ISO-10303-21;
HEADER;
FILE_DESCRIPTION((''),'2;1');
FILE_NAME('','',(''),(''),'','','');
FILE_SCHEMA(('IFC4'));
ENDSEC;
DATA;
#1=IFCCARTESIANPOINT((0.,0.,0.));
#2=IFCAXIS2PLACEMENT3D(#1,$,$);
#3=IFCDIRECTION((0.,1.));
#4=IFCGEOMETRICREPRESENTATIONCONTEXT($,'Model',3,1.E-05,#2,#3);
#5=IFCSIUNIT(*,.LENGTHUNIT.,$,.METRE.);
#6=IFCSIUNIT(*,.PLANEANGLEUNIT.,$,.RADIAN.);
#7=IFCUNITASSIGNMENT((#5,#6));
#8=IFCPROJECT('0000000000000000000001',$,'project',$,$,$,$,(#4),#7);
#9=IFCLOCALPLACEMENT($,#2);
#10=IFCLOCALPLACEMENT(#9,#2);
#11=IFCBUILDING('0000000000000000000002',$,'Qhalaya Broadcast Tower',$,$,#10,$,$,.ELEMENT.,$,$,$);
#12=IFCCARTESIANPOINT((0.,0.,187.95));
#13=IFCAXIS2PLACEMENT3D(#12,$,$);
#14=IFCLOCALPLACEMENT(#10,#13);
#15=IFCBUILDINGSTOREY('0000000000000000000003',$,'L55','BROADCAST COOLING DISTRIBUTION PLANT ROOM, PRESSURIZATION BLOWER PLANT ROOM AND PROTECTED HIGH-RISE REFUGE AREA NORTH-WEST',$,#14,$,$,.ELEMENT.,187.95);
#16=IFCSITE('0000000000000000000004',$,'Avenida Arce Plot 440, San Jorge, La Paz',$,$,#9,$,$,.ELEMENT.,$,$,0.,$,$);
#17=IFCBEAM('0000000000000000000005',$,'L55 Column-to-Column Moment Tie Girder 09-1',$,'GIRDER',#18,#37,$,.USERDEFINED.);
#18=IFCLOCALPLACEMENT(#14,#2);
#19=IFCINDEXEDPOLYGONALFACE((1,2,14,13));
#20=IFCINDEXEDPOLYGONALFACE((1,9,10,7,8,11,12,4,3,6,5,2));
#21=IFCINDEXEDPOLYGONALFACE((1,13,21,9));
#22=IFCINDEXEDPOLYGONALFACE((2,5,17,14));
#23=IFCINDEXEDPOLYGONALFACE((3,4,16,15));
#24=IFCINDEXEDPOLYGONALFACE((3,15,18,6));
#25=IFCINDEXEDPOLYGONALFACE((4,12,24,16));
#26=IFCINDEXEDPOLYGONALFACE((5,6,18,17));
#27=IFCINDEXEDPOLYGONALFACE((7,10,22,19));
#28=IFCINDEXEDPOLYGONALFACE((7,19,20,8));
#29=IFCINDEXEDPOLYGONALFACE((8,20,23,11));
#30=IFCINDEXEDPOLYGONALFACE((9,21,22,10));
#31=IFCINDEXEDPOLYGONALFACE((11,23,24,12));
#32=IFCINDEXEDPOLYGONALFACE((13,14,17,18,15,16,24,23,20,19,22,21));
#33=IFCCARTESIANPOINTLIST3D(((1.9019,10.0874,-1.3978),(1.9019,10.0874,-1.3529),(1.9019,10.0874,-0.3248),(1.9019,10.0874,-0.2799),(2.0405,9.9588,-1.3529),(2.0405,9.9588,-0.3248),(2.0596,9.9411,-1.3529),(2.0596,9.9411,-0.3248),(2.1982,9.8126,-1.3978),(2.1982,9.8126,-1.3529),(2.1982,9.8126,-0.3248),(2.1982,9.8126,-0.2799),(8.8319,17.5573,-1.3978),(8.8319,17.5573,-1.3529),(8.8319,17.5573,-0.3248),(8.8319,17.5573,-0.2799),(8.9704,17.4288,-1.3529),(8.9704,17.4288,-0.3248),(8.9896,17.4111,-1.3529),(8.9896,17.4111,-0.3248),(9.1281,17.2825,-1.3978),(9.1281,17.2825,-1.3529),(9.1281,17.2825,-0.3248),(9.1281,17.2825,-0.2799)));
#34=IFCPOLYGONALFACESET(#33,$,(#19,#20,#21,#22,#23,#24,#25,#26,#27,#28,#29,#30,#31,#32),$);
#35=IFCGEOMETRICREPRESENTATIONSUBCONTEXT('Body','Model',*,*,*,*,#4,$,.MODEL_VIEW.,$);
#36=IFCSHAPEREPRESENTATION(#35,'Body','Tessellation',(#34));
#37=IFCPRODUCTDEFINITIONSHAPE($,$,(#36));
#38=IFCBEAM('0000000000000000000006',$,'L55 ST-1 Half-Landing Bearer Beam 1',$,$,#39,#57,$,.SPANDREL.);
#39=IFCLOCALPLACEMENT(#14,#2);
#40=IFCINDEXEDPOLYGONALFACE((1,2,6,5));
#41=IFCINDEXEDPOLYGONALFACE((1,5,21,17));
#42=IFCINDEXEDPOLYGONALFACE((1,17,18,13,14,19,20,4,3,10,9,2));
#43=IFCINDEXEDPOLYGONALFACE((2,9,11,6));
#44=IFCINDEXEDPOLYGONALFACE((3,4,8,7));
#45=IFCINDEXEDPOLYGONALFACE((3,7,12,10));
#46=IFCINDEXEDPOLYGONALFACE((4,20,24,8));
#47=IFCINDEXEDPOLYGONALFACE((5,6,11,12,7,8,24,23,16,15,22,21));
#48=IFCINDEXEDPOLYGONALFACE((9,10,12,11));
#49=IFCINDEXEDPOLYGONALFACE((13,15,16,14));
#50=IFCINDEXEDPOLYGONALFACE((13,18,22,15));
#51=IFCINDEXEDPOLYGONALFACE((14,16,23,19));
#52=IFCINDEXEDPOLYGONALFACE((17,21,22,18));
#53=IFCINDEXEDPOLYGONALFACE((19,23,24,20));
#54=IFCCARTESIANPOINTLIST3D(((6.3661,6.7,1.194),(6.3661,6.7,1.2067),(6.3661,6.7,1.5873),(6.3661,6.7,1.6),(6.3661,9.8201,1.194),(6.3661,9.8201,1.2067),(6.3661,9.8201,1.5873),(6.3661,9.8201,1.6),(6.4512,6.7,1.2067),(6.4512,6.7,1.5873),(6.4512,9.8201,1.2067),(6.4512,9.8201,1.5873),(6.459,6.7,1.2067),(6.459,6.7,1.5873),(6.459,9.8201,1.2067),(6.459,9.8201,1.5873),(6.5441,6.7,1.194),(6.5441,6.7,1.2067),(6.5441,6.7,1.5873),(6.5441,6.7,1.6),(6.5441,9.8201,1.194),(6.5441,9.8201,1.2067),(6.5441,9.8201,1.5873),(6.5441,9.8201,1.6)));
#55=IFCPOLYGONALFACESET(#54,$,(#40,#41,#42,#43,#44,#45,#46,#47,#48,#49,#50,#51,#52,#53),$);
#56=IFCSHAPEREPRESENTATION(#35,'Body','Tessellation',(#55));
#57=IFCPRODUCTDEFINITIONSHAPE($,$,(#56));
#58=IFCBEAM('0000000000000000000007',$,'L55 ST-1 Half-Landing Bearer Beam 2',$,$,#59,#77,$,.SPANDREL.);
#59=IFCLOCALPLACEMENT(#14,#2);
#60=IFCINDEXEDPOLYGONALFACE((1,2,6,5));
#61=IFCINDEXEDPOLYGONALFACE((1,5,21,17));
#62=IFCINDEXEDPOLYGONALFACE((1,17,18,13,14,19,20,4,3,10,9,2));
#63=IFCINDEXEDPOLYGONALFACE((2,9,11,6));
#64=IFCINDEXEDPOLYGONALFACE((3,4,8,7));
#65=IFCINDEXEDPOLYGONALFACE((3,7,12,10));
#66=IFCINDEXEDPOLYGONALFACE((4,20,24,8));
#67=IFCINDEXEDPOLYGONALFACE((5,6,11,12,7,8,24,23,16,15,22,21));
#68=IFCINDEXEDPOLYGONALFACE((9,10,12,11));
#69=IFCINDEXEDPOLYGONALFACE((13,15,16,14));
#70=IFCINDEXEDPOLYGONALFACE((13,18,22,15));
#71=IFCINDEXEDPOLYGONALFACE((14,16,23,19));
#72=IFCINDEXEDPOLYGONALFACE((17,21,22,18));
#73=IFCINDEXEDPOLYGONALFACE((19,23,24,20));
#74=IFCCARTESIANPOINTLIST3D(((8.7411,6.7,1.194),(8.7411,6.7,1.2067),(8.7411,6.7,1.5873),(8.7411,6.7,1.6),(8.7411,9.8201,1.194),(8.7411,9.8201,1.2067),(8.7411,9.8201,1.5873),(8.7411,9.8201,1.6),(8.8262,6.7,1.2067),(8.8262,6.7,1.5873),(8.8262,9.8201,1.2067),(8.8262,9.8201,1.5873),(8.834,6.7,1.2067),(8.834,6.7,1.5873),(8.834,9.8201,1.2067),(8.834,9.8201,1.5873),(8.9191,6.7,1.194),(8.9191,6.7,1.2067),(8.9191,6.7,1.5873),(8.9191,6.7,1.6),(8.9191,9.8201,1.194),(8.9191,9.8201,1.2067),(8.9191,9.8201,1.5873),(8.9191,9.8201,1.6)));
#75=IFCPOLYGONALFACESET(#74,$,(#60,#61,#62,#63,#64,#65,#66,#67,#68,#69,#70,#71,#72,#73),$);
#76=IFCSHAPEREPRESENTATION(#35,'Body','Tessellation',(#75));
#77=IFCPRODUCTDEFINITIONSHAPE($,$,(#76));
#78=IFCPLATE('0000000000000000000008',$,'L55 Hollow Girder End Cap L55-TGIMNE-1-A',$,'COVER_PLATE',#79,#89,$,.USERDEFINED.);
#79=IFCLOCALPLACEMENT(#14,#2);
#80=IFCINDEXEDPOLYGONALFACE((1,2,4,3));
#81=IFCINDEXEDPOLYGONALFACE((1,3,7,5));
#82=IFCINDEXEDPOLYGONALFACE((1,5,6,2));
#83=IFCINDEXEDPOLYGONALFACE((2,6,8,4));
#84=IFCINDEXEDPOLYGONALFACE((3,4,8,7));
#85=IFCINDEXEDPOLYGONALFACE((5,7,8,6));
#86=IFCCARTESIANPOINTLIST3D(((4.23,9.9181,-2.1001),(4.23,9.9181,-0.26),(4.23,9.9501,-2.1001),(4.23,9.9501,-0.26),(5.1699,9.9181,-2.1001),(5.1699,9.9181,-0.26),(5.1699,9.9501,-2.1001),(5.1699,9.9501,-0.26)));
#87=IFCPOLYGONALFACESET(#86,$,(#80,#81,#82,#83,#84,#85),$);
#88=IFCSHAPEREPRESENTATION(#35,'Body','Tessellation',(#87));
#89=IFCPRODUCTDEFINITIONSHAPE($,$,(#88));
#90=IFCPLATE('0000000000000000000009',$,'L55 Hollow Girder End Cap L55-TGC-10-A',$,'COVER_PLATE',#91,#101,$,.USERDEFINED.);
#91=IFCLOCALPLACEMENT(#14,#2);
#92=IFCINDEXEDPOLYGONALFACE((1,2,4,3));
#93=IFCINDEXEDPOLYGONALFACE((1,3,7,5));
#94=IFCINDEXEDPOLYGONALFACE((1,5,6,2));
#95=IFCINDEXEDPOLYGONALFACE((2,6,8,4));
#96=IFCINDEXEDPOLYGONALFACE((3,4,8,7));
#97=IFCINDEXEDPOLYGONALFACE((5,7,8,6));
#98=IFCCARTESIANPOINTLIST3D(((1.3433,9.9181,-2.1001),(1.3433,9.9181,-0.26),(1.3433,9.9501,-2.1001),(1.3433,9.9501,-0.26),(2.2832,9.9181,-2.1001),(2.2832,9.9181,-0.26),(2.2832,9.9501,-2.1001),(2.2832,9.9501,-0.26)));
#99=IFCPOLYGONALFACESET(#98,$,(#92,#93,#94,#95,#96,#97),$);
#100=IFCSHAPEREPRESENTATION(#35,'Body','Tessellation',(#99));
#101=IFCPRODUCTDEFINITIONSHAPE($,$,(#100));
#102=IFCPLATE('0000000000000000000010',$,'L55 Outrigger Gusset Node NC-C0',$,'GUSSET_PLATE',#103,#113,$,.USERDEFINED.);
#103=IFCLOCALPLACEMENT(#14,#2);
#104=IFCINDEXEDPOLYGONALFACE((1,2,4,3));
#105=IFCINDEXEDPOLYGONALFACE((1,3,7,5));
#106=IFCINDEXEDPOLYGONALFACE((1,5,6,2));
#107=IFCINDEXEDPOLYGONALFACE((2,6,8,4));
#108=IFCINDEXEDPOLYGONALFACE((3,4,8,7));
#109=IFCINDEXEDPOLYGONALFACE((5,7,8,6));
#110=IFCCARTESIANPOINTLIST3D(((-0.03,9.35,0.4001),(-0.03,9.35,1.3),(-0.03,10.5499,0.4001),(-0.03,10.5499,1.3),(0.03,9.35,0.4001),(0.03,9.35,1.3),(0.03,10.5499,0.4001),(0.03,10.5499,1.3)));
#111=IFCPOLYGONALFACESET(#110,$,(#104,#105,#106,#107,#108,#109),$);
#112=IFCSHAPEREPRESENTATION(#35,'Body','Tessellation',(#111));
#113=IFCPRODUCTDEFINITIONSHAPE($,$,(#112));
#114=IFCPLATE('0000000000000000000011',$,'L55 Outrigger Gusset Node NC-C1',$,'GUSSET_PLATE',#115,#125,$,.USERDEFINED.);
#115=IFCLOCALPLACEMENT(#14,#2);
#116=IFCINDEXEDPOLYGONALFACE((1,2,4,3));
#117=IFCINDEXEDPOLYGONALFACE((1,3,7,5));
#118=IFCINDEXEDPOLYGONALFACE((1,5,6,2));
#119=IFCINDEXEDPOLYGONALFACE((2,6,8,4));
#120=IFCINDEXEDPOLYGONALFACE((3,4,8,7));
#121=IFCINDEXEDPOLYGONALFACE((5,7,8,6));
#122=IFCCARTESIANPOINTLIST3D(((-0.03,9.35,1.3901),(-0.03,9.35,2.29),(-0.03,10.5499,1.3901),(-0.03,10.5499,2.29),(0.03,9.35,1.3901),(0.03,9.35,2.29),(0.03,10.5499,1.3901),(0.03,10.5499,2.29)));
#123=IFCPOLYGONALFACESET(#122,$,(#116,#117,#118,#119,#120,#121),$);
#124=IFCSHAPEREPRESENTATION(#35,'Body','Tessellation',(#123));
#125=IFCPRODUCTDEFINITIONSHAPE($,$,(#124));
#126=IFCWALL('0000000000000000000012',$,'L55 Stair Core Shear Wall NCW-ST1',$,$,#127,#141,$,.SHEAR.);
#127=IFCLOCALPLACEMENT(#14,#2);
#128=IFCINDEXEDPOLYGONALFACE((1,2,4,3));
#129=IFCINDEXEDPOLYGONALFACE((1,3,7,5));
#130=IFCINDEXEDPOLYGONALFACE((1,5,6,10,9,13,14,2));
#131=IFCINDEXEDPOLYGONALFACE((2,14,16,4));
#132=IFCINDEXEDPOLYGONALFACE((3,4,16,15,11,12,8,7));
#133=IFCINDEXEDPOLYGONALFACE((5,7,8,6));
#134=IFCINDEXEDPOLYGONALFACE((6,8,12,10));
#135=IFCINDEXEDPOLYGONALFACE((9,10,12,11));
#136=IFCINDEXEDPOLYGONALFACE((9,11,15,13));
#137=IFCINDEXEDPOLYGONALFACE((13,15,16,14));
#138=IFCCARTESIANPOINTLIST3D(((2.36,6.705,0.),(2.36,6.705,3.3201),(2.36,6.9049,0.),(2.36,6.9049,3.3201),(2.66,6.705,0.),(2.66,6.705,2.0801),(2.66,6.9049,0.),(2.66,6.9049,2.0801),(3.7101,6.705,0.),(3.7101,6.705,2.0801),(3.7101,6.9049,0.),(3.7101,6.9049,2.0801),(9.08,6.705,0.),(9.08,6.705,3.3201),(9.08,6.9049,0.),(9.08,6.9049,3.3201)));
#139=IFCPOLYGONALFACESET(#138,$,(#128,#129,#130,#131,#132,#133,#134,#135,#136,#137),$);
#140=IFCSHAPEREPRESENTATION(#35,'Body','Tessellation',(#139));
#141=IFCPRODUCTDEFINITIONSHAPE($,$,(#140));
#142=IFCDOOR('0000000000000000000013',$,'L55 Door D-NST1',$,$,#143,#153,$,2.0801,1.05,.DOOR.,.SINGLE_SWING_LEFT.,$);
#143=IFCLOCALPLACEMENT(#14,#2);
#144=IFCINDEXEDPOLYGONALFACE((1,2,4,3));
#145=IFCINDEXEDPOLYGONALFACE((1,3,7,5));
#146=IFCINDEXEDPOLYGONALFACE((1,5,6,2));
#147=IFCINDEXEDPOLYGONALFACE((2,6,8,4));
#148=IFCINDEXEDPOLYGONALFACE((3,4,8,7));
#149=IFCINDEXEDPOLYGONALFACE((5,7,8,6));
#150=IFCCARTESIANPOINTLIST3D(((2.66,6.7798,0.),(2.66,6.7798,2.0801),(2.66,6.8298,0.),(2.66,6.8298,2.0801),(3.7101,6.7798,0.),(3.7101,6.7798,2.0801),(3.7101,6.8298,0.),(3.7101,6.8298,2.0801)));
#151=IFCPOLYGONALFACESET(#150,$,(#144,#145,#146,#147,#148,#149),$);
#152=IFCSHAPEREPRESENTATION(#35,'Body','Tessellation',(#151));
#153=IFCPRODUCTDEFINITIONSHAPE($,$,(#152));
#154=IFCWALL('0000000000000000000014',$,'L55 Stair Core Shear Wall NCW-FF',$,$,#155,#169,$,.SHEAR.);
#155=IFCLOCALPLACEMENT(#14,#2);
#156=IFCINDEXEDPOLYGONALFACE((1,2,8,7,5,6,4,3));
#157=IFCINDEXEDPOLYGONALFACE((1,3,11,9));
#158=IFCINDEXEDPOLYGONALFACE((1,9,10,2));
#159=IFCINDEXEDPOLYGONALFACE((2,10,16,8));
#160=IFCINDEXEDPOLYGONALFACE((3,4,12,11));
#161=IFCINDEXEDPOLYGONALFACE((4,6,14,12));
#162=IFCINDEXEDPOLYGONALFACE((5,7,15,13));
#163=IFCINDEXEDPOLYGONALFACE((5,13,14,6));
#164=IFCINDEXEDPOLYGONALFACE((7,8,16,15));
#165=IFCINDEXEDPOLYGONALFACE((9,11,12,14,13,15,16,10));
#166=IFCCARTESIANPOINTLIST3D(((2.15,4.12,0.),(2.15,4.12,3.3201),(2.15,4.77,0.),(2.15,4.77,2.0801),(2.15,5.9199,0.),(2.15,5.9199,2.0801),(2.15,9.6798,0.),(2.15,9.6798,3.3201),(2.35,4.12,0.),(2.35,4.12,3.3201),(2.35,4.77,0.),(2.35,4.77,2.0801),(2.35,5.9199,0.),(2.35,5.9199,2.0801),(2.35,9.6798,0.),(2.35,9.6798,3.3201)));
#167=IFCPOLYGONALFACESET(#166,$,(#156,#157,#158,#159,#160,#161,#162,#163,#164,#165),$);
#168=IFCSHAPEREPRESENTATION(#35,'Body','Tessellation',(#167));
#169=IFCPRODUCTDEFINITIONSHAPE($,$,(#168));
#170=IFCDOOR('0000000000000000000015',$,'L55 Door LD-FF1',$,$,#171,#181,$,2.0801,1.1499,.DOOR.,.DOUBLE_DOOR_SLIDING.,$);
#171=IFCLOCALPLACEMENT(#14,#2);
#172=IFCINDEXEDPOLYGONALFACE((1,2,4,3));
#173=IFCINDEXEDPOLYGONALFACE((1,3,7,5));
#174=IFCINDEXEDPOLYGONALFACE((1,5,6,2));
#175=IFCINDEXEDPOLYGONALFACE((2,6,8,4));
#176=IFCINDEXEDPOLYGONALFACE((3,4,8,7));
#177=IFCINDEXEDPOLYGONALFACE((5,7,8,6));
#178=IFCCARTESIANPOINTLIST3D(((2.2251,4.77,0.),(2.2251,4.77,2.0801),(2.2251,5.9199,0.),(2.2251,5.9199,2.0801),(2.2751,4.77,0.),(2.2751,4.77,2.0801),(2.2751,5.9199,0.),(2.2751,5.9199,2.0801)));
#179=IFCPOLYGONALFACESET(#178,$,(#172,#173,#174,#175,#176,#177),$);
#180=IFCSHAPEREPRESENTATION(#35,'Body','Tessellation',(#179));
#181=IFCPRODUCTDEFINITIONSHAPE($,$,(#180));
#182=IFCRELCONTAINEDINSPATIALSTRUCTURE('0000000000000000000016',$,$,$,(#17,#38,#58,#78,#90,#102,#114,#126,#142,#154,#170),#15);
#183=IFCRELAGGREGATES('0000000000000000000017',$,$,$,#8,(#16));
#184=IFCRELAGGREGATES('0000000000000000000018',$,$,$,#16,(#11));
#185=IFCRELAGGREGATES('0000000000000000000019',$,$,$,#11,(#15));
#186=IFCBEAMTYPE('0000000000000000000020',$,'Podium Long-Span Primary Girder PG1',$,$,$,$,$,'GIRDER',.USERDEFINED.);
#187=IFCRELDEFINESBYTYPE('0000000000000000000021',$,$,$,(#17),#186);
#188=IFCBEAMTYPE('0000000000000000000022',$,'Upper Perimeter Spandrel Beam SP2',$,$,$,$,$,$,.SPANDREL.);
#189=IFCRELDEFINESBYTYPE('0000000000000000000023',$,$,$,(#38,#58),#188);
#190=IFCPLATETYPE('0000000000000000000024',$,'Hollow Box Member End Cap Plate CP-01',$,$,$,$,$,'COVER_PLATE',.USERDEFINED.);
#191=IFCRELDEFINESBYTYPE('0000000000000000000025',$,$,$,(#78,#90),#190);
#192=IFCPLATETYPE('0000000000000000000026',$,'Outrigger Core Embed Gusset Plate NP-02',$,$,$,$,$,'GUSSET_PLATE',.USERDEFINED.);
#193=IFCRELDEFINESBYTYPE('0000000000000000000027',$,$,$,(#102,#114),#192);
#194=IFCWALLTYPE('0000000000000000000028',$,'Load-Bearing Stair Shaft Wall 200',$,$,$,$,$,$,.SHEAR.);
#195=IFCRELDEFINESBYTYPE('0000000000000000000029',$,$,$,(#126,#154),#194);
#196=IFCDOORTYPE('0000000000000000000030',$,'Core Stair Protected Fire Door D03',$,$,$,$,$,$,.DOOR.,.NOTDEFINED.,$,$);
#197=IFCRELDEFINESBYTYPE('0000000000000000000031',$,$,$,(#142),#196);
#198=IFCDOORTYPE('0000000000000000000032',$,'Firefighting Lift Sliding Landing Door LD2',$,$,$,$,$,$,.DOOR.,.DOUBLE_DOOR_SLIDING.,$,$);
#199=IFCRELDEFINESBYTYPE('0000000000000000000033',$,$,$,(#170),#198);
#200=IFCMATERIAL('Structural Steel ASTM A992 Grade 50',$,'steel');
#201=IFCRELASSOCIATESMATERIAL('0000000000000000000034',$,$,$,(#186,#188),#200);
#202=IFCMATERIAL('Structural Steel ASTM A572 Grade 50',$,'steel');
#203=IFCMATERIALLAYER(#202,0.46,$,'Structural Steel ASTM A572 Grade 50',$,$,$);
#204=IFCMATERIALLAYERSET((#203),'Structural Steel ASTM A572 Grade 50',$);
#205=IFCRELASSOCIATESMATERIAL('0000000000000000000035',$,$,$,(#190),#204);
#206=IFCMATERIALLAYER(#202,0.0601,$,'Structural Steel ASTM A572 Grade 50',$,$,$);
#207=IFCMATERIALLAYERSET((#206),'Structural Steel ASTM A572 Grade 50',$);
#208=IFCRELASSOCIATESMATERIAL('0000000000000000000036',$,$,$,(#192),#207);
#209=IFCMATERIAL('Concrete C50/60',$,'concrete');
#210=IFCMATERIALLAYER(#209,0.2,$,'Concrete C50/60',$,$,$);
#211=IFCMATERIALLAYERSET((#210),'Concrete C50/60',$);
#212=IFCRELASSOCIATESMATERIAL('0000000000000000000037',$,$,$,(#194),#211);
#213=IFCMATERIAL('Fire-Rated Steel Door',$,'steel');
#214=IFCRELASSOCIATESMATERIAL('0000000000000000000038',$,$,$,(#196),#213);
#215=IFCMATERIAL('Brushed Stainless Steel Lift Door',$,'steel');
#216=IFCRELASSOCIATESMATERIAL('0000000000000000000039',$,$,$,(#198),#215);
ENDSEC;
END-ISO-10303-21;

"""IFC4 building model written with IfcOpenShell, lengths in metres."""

from ifc_helpers import new_model, si_unit, direction, frame, frame_2d, origin, origin_2d, place, context, subcontext, project, spatial, rectangle, i_section, extrude, material, layer, layer_set, material_profile, profile_set, type_object, element, fill, save


model = new_model("IFC4")

# Units and contexts
model_context = context("Model", 3, precision=1e-05, world=origin(), true_north=direction((0.0, 1.0)))
body_context = subcontext(model_context, "Body", "Model", "MODEL_VIEW")
ifc_project = project(units=[si_unit("LENGTHUNIT", "METRE"), si_unit("PLANEANGLEUNIT", "RADIAN")], contexts=[model_context])

# Site, building, storey
site_placement = place(None, origin())
site = spatial("IfcSite", under=ifc_project, at=site_placement, Name="Avenida Arce Plot 440, San Jorge, La Paz", CompositionType="ELEMENT", RefElevation=0.0)
building_placement = place(site_placement, origin())
building = spatial("IfcBuilding", under=site, at=building_placement, Name="Qhalaya Broadcast Tower", CompositionType="ELEMENT")
storey_placement = place(building_placement, frame((0.0, 0.0, 187.95)))
storey = spatial("IfcBuildingStorey", under=building, at=storey_placement, Name="L55", Description="BROADCAST COOLING DISTRIBUTION PLANT ROOM, PRESSURIZATION BLOWER PLANT ROOM AND PROTECTED HIGH-RISE REFUGE AREA NORTH-WEST", CompositionType="ELEMENT", Elevation=187.95)

# Shared definitions
ifc_material_1 = material(Name="Concrete C50/60", Category="concrete")

# Shared definitions
ifc_material_2 = material(Name="Structural Steel ASTM A572 Grade 50", Category="steel")

# Beams
ifc_material_3 = material(Name="Structural Steel ASTM A992 Grade 50", Category="steel")
ifc_material_profile_1 = material_profile(ifc_material_3, i_section(OverallWidth=0.4041, OverallDepth=1.1179, WebThickness=0.0261, FlangeThickness=0.0449, at=origin_2d()), Name="W44X335")
ifc_profile_set_1 = profile_set([ifc_material_profile_1], Name="Structural Steel ASTM A992 Grade 50")
beam_type_1 = type_object("IfcBeamType", Name="Podium Long-Span Primary Girder PG1", ElementType="GIRDER", PredefinedType="USERDEFINED", material=ifc_profile_set_1)
beam_1_placement = place(storey_placement, frame((2.05, 9.95, -0.8389), z_axis=(0.68011, 0.73311, 0.0), x_axis=(-0.73311, 0.68011, 0.0)))
element("IfcBeam", 1, at=beam_1_placement, inside=storey, type_object=beam_type_1, Name="L55 Column-to-Column Moment Tie Girder 09-1", ObjectType="GIRDER", PredefinedType="USERDEFINED", context=body_context, shape_type="SweptSolid", body=[
    extrude(i_section(OverallWidth=0.4041, OverallDepth=1.1179, WebThickness=0.0261, FlangeThickness=0.0449, at=origin_2d()), origin(), (0.0, 0.0, 1.0), 10.1895),
])
ifc_material_profile_2 = material_profile(ifc_material_3, i_section(OverallWidth=0.178, OverallDepth=0.406, WebThickness=0.0078, FlangeThickness=0.0127, at=origin_2d()), Name="W16X40")
ifc_profile_set_2 = profile_set([ifc_material_profile_2], Name="Structural Steel ASTM A992 Grade 50")
beam_type_2 = type_object("IfcBeamType", Name="Upper Perimeter Spandrel Beam SP2", PredefinedType="SPANDREL", material=ifc_profile_set_2)
for number, where, z_axis, x_axis, name in (
    (2, (6.4551, 6.7, 1.397), (0.0, 1.0, 0.0), (-1.0, 0.0, 0.0), "L55 ST-1 Half-Landing Bearer Beam 1"),
    (3, (8.8301, 6.7, 1.397), (0.0, 1.0, 0.0), (-1.0, 0.0, 0.0), "L55 ST-1 Half-Landing Bearer Beam 2"),
):
    element("IfcBeam", number, at=place(storey_placement, frame(where, z_axis=z_axis, x_axis=x_axis)), inside=storey, type_object=beam_type_2, Name=name, PredefinedType="SPANDREL", context=body_context, shape_type="SweptSolid", body=[
        extrude(i_section(OverallWidth=0.178, OverallDepth=0.406, WebThickness=0.0078, FlangeThickness=0.0127, at=origin_2d()), origin(), (0.0, 0.0, 1.0), 3.1201),
    ])

# Plates
ifc_layer_1 = layer(ifc_material_2, 0.46, Name="Structural Steel ASTM A572 Grade 50")
ifc_layer_set_1 = layer_set([ifc_layer_1], Name="Structural Steel ASTM A572 Grade 50")
plate_type_1 = type_object("IfcPlateType", Name="Hollow Box Member End Cap Plate CP-01", ElementType="COVER_PLATE", PredefinedType="USERDEFINED", material=ifc_layer_set_1)
for number, where, z_axis, x_axis, name in (
    (4, (4.7, 9.9341, -2.1001), (0.0, 0.0, 1.0), (-1.0, 0.0, 0.0), "L55 Hollow Girder End Cap L55-TGIMNE-1-A"),
    (5, (1.8132, 9.9341, -2.1001), (0.0, 0.0, 1.0), (-1.0, 0.0, 0.0), "L55 Hollow Girder End Cap L55-TGC-10-A"),
):
    element("IfcPlate", number, at=place(storey_placement, frame(where, z_axis=z_axis, x_axis=x_axis)), inside=storey, type_object=plate_type_1, Name=name, ObjectType="COVER_PLATE", PredefinedType="USERDEFINED", context=body_context, shape_type="SweptSolid", body=[
        extrude(rectangle(XDim=0.9399, YDim=0.032, at=origin_2d()), origin(), (0.0, 0.0, 1.0), 1.8401),
    ])
ifc_layer_2 = layer(ifc_material_2, 0.0601, Name="Structural Steel ASTM A572 Grade 50")
ifc_layer_set_2 = layer_set([ifc_layer_2], Name="Structural Steel ASTM A572 Grade 50")
plate_type_2 = type_object("IfcPlateType", Name="Outrigger Core Embed Gusset Plate NP-02", ElementType="GUSSET_PLATE", PredefinedType="USERDEFINED", material=ifc_layer_set_2)
for number, where, z_axis, x_axis, name in (
    (6, (0.0, 9.95, 0.4001), (0.0, 0.0, 1.0), (0.0, 1.0, 0.0), "L55 Outrigger Gusset Node NC-C0"),
    (7, (0.0, 9.95, 1.3901), (0.0, 0.0, 1.0), (0.0, 1.0, 0.0), "L55 Outrigger Gusset Node NC-C1"),
):
    element("IfcPlate", number, at=place(storey_placement, frame(where, z_axis=z_axis, x_axis=x_axis)), inside=storey, type_object=plate_type_2, Name=name, ObjectType="GUSSET_PLATE", PredefinedType="USERDEFINED", context=body_context, shape_type="SweptSolid", body=[
        extrude(rectangle(XDim=1.2, YDim=0.0601, at=origin_2d()), origin(), (0.0, 0.0, 1.0), 0.8999),
    ])

# Walls, openings, doors
ifc_layer_3 = layer(ifc_material_1, 0.2, Name="Concrete C50/60")
ifc_layer_set_3 = layer_set([ifc_layer_3], Name="Concrete C50/60")
wall_type_1 = type_object("IfcWallType", Name="Load-Bearing Stair Shaft Wall 200", PredefinedType="SHEAR", material=ifc_layer_set_3)
wall_1_placement = place(storey_placement, frame((2.3601, 6.8049, 0.0), z_axis=(0.0, 0.0, 1.0), x_axis=(1.0, 0.0, 0.0)))
wall_1 = element("IfcWall", 8, at=wall_1_placement, inside=storey, type_object=wall_type_1, Name="L55 Stair Core Shear Wall NCW-ST1", PredefinedType="SHEAR", context=body_context, shape_type="SweptSolid", body=[
    extrude(rectangle(XDim=6.72, YDim=0.2, at=frame_2d((3.3599, 0.0))), origin(), (0.0, 0.0, 1.0), 3.3201),
])
opening_1_placement = place(wall_1_placement, frame((0.3, 0.0, 0.0)))
opening_1 = element("IfcOpeningElement", 9, at=opening_1_placement, cuts=wall_1, PredefinedType="OPENING", context=body_context, shape_type="SweptSolid", body=[
    extrude(rectangle(XDim=1.05, YDim=2.0801, at=frame_2d((0.5249, 1.04))), frame((0.0, 0.1121, 0.0), z_axis=(0.0, -1.0, 0.0), x_axis=(1.0, 0.0, 0.0)), (0.0, 0.0, 1.0), 0.2239),
])
ifc_material_4 = material(Name="Fire-Rated Steel Door", Category="steel")
door_type_1 = type_object("IfcDoorType", Name="Core Stair Protected Fire Door D03", OperationType="NOTDEFINED", PredefinedType="DOOR", material=ifc_material_4)
door_1_placement = place(opening_1_placement, origin())
door_1 = element("IfcDoor", 10, at=door_1_placement, inside=storey, type_object=door_type_1, Name="L55 Door D-NST1", OperationType="SINGLE_SWING_LEFT", OverallHeight=2.0801, OverallWidth=1.05, PredefinedType="DOOR", context=body_context, shape_type="SweptSolid", body=[
    extrude(rectangle(XDim=1.05, YDim=2.0801, at=frame_2d((0.5249, 1.04))), frame((0.0, 0.0249, 0.0), z_axis=(0.0, -1.0, 0.0), x_axis=(1.0, 0.0, 0.0)), (0.0, 0.0, 1.0), 0.05),
])
fill(opening_1, door_1)
wall_2_placement = place(storey_placement, frame((2.25, 4.1201, 0.0), z_axis=(0.0, 0.0, 1.0), x_axis=(0.0, 1.0, 0.0)))
wall_2 = element("IfcWall", 11, at=wall_2_placement, inside=storey, type_object=wall_type_1, Name="L55 Stair Core Shear Wall NCW-FF", PredefinedType="SHEAR", context=body_context, shape_type="SweptSolid", body=[
    extrude(rectangle(XDim=5.5598, YDim=0.2, at=frame_2d((2.7798, 0.0))), origin(), (0.0, 0.0, 1.0), 3.3201),
])
opening_2_placement = place(wall_2_placement, frame((0.6499, 0.0, 0.0)))
opening_2 = element("IfcOpeningElement", 12, at=opening_2_placement, cuts=wall_2, PredefinedType="OPENING", context=body_context, shape_type="SweptSolid", body=[
    extrude(rectangle(XDim=1.1499, YDim=2.0801, at=frame_2d((0.575, 1.04))), frame((0.0, 0.1121, 0.0), z_axis=(0.0, -1.0, 0.0), x_axis=(1.0, 0.0, 0.0)), (0.0, 0.0, 1.0), 0.2239),
])
ifc_material_5 = material(Name="Brushed Stainless Steel Lift Door", Category="steel")
door_type_2 = type_object("IfcDoorType", Name="Firefighting Lift Sliding Landing Door LD2", OperationType="DOUBLE_DOOR_SLIDING", PredefinedType="DOOR", material=ifc_material_5)
door_2_placement = place(opening_2_placement, origin())
door_2 = element("IfcDoor", 13, at=door_2_placement, inside=storey, type_object=door_type_2, Name="L55 Door LD-FF1", OperationType="DOUBLE_DOOR_SLIDING", OverallHeight=2.0801, OverallWidth=1.1499, PredefinedType="DOOR", context=body_context, shape_type="SweptSolid", body=[
    extrude(rectangle(XDim=1.1499, YDim=2.0801, at=frame_2d((0.575, 1.04))), frame((0.0, 0.0249, 0.0), z_axis=(0.0, -1.0, 0.0), x_axis=(1.0, 0.0, 0.0)), (0.0, 0.0, 1.0), 0.05),
])
fill(opening_2, door_2)

save(model, "model.ifc")
